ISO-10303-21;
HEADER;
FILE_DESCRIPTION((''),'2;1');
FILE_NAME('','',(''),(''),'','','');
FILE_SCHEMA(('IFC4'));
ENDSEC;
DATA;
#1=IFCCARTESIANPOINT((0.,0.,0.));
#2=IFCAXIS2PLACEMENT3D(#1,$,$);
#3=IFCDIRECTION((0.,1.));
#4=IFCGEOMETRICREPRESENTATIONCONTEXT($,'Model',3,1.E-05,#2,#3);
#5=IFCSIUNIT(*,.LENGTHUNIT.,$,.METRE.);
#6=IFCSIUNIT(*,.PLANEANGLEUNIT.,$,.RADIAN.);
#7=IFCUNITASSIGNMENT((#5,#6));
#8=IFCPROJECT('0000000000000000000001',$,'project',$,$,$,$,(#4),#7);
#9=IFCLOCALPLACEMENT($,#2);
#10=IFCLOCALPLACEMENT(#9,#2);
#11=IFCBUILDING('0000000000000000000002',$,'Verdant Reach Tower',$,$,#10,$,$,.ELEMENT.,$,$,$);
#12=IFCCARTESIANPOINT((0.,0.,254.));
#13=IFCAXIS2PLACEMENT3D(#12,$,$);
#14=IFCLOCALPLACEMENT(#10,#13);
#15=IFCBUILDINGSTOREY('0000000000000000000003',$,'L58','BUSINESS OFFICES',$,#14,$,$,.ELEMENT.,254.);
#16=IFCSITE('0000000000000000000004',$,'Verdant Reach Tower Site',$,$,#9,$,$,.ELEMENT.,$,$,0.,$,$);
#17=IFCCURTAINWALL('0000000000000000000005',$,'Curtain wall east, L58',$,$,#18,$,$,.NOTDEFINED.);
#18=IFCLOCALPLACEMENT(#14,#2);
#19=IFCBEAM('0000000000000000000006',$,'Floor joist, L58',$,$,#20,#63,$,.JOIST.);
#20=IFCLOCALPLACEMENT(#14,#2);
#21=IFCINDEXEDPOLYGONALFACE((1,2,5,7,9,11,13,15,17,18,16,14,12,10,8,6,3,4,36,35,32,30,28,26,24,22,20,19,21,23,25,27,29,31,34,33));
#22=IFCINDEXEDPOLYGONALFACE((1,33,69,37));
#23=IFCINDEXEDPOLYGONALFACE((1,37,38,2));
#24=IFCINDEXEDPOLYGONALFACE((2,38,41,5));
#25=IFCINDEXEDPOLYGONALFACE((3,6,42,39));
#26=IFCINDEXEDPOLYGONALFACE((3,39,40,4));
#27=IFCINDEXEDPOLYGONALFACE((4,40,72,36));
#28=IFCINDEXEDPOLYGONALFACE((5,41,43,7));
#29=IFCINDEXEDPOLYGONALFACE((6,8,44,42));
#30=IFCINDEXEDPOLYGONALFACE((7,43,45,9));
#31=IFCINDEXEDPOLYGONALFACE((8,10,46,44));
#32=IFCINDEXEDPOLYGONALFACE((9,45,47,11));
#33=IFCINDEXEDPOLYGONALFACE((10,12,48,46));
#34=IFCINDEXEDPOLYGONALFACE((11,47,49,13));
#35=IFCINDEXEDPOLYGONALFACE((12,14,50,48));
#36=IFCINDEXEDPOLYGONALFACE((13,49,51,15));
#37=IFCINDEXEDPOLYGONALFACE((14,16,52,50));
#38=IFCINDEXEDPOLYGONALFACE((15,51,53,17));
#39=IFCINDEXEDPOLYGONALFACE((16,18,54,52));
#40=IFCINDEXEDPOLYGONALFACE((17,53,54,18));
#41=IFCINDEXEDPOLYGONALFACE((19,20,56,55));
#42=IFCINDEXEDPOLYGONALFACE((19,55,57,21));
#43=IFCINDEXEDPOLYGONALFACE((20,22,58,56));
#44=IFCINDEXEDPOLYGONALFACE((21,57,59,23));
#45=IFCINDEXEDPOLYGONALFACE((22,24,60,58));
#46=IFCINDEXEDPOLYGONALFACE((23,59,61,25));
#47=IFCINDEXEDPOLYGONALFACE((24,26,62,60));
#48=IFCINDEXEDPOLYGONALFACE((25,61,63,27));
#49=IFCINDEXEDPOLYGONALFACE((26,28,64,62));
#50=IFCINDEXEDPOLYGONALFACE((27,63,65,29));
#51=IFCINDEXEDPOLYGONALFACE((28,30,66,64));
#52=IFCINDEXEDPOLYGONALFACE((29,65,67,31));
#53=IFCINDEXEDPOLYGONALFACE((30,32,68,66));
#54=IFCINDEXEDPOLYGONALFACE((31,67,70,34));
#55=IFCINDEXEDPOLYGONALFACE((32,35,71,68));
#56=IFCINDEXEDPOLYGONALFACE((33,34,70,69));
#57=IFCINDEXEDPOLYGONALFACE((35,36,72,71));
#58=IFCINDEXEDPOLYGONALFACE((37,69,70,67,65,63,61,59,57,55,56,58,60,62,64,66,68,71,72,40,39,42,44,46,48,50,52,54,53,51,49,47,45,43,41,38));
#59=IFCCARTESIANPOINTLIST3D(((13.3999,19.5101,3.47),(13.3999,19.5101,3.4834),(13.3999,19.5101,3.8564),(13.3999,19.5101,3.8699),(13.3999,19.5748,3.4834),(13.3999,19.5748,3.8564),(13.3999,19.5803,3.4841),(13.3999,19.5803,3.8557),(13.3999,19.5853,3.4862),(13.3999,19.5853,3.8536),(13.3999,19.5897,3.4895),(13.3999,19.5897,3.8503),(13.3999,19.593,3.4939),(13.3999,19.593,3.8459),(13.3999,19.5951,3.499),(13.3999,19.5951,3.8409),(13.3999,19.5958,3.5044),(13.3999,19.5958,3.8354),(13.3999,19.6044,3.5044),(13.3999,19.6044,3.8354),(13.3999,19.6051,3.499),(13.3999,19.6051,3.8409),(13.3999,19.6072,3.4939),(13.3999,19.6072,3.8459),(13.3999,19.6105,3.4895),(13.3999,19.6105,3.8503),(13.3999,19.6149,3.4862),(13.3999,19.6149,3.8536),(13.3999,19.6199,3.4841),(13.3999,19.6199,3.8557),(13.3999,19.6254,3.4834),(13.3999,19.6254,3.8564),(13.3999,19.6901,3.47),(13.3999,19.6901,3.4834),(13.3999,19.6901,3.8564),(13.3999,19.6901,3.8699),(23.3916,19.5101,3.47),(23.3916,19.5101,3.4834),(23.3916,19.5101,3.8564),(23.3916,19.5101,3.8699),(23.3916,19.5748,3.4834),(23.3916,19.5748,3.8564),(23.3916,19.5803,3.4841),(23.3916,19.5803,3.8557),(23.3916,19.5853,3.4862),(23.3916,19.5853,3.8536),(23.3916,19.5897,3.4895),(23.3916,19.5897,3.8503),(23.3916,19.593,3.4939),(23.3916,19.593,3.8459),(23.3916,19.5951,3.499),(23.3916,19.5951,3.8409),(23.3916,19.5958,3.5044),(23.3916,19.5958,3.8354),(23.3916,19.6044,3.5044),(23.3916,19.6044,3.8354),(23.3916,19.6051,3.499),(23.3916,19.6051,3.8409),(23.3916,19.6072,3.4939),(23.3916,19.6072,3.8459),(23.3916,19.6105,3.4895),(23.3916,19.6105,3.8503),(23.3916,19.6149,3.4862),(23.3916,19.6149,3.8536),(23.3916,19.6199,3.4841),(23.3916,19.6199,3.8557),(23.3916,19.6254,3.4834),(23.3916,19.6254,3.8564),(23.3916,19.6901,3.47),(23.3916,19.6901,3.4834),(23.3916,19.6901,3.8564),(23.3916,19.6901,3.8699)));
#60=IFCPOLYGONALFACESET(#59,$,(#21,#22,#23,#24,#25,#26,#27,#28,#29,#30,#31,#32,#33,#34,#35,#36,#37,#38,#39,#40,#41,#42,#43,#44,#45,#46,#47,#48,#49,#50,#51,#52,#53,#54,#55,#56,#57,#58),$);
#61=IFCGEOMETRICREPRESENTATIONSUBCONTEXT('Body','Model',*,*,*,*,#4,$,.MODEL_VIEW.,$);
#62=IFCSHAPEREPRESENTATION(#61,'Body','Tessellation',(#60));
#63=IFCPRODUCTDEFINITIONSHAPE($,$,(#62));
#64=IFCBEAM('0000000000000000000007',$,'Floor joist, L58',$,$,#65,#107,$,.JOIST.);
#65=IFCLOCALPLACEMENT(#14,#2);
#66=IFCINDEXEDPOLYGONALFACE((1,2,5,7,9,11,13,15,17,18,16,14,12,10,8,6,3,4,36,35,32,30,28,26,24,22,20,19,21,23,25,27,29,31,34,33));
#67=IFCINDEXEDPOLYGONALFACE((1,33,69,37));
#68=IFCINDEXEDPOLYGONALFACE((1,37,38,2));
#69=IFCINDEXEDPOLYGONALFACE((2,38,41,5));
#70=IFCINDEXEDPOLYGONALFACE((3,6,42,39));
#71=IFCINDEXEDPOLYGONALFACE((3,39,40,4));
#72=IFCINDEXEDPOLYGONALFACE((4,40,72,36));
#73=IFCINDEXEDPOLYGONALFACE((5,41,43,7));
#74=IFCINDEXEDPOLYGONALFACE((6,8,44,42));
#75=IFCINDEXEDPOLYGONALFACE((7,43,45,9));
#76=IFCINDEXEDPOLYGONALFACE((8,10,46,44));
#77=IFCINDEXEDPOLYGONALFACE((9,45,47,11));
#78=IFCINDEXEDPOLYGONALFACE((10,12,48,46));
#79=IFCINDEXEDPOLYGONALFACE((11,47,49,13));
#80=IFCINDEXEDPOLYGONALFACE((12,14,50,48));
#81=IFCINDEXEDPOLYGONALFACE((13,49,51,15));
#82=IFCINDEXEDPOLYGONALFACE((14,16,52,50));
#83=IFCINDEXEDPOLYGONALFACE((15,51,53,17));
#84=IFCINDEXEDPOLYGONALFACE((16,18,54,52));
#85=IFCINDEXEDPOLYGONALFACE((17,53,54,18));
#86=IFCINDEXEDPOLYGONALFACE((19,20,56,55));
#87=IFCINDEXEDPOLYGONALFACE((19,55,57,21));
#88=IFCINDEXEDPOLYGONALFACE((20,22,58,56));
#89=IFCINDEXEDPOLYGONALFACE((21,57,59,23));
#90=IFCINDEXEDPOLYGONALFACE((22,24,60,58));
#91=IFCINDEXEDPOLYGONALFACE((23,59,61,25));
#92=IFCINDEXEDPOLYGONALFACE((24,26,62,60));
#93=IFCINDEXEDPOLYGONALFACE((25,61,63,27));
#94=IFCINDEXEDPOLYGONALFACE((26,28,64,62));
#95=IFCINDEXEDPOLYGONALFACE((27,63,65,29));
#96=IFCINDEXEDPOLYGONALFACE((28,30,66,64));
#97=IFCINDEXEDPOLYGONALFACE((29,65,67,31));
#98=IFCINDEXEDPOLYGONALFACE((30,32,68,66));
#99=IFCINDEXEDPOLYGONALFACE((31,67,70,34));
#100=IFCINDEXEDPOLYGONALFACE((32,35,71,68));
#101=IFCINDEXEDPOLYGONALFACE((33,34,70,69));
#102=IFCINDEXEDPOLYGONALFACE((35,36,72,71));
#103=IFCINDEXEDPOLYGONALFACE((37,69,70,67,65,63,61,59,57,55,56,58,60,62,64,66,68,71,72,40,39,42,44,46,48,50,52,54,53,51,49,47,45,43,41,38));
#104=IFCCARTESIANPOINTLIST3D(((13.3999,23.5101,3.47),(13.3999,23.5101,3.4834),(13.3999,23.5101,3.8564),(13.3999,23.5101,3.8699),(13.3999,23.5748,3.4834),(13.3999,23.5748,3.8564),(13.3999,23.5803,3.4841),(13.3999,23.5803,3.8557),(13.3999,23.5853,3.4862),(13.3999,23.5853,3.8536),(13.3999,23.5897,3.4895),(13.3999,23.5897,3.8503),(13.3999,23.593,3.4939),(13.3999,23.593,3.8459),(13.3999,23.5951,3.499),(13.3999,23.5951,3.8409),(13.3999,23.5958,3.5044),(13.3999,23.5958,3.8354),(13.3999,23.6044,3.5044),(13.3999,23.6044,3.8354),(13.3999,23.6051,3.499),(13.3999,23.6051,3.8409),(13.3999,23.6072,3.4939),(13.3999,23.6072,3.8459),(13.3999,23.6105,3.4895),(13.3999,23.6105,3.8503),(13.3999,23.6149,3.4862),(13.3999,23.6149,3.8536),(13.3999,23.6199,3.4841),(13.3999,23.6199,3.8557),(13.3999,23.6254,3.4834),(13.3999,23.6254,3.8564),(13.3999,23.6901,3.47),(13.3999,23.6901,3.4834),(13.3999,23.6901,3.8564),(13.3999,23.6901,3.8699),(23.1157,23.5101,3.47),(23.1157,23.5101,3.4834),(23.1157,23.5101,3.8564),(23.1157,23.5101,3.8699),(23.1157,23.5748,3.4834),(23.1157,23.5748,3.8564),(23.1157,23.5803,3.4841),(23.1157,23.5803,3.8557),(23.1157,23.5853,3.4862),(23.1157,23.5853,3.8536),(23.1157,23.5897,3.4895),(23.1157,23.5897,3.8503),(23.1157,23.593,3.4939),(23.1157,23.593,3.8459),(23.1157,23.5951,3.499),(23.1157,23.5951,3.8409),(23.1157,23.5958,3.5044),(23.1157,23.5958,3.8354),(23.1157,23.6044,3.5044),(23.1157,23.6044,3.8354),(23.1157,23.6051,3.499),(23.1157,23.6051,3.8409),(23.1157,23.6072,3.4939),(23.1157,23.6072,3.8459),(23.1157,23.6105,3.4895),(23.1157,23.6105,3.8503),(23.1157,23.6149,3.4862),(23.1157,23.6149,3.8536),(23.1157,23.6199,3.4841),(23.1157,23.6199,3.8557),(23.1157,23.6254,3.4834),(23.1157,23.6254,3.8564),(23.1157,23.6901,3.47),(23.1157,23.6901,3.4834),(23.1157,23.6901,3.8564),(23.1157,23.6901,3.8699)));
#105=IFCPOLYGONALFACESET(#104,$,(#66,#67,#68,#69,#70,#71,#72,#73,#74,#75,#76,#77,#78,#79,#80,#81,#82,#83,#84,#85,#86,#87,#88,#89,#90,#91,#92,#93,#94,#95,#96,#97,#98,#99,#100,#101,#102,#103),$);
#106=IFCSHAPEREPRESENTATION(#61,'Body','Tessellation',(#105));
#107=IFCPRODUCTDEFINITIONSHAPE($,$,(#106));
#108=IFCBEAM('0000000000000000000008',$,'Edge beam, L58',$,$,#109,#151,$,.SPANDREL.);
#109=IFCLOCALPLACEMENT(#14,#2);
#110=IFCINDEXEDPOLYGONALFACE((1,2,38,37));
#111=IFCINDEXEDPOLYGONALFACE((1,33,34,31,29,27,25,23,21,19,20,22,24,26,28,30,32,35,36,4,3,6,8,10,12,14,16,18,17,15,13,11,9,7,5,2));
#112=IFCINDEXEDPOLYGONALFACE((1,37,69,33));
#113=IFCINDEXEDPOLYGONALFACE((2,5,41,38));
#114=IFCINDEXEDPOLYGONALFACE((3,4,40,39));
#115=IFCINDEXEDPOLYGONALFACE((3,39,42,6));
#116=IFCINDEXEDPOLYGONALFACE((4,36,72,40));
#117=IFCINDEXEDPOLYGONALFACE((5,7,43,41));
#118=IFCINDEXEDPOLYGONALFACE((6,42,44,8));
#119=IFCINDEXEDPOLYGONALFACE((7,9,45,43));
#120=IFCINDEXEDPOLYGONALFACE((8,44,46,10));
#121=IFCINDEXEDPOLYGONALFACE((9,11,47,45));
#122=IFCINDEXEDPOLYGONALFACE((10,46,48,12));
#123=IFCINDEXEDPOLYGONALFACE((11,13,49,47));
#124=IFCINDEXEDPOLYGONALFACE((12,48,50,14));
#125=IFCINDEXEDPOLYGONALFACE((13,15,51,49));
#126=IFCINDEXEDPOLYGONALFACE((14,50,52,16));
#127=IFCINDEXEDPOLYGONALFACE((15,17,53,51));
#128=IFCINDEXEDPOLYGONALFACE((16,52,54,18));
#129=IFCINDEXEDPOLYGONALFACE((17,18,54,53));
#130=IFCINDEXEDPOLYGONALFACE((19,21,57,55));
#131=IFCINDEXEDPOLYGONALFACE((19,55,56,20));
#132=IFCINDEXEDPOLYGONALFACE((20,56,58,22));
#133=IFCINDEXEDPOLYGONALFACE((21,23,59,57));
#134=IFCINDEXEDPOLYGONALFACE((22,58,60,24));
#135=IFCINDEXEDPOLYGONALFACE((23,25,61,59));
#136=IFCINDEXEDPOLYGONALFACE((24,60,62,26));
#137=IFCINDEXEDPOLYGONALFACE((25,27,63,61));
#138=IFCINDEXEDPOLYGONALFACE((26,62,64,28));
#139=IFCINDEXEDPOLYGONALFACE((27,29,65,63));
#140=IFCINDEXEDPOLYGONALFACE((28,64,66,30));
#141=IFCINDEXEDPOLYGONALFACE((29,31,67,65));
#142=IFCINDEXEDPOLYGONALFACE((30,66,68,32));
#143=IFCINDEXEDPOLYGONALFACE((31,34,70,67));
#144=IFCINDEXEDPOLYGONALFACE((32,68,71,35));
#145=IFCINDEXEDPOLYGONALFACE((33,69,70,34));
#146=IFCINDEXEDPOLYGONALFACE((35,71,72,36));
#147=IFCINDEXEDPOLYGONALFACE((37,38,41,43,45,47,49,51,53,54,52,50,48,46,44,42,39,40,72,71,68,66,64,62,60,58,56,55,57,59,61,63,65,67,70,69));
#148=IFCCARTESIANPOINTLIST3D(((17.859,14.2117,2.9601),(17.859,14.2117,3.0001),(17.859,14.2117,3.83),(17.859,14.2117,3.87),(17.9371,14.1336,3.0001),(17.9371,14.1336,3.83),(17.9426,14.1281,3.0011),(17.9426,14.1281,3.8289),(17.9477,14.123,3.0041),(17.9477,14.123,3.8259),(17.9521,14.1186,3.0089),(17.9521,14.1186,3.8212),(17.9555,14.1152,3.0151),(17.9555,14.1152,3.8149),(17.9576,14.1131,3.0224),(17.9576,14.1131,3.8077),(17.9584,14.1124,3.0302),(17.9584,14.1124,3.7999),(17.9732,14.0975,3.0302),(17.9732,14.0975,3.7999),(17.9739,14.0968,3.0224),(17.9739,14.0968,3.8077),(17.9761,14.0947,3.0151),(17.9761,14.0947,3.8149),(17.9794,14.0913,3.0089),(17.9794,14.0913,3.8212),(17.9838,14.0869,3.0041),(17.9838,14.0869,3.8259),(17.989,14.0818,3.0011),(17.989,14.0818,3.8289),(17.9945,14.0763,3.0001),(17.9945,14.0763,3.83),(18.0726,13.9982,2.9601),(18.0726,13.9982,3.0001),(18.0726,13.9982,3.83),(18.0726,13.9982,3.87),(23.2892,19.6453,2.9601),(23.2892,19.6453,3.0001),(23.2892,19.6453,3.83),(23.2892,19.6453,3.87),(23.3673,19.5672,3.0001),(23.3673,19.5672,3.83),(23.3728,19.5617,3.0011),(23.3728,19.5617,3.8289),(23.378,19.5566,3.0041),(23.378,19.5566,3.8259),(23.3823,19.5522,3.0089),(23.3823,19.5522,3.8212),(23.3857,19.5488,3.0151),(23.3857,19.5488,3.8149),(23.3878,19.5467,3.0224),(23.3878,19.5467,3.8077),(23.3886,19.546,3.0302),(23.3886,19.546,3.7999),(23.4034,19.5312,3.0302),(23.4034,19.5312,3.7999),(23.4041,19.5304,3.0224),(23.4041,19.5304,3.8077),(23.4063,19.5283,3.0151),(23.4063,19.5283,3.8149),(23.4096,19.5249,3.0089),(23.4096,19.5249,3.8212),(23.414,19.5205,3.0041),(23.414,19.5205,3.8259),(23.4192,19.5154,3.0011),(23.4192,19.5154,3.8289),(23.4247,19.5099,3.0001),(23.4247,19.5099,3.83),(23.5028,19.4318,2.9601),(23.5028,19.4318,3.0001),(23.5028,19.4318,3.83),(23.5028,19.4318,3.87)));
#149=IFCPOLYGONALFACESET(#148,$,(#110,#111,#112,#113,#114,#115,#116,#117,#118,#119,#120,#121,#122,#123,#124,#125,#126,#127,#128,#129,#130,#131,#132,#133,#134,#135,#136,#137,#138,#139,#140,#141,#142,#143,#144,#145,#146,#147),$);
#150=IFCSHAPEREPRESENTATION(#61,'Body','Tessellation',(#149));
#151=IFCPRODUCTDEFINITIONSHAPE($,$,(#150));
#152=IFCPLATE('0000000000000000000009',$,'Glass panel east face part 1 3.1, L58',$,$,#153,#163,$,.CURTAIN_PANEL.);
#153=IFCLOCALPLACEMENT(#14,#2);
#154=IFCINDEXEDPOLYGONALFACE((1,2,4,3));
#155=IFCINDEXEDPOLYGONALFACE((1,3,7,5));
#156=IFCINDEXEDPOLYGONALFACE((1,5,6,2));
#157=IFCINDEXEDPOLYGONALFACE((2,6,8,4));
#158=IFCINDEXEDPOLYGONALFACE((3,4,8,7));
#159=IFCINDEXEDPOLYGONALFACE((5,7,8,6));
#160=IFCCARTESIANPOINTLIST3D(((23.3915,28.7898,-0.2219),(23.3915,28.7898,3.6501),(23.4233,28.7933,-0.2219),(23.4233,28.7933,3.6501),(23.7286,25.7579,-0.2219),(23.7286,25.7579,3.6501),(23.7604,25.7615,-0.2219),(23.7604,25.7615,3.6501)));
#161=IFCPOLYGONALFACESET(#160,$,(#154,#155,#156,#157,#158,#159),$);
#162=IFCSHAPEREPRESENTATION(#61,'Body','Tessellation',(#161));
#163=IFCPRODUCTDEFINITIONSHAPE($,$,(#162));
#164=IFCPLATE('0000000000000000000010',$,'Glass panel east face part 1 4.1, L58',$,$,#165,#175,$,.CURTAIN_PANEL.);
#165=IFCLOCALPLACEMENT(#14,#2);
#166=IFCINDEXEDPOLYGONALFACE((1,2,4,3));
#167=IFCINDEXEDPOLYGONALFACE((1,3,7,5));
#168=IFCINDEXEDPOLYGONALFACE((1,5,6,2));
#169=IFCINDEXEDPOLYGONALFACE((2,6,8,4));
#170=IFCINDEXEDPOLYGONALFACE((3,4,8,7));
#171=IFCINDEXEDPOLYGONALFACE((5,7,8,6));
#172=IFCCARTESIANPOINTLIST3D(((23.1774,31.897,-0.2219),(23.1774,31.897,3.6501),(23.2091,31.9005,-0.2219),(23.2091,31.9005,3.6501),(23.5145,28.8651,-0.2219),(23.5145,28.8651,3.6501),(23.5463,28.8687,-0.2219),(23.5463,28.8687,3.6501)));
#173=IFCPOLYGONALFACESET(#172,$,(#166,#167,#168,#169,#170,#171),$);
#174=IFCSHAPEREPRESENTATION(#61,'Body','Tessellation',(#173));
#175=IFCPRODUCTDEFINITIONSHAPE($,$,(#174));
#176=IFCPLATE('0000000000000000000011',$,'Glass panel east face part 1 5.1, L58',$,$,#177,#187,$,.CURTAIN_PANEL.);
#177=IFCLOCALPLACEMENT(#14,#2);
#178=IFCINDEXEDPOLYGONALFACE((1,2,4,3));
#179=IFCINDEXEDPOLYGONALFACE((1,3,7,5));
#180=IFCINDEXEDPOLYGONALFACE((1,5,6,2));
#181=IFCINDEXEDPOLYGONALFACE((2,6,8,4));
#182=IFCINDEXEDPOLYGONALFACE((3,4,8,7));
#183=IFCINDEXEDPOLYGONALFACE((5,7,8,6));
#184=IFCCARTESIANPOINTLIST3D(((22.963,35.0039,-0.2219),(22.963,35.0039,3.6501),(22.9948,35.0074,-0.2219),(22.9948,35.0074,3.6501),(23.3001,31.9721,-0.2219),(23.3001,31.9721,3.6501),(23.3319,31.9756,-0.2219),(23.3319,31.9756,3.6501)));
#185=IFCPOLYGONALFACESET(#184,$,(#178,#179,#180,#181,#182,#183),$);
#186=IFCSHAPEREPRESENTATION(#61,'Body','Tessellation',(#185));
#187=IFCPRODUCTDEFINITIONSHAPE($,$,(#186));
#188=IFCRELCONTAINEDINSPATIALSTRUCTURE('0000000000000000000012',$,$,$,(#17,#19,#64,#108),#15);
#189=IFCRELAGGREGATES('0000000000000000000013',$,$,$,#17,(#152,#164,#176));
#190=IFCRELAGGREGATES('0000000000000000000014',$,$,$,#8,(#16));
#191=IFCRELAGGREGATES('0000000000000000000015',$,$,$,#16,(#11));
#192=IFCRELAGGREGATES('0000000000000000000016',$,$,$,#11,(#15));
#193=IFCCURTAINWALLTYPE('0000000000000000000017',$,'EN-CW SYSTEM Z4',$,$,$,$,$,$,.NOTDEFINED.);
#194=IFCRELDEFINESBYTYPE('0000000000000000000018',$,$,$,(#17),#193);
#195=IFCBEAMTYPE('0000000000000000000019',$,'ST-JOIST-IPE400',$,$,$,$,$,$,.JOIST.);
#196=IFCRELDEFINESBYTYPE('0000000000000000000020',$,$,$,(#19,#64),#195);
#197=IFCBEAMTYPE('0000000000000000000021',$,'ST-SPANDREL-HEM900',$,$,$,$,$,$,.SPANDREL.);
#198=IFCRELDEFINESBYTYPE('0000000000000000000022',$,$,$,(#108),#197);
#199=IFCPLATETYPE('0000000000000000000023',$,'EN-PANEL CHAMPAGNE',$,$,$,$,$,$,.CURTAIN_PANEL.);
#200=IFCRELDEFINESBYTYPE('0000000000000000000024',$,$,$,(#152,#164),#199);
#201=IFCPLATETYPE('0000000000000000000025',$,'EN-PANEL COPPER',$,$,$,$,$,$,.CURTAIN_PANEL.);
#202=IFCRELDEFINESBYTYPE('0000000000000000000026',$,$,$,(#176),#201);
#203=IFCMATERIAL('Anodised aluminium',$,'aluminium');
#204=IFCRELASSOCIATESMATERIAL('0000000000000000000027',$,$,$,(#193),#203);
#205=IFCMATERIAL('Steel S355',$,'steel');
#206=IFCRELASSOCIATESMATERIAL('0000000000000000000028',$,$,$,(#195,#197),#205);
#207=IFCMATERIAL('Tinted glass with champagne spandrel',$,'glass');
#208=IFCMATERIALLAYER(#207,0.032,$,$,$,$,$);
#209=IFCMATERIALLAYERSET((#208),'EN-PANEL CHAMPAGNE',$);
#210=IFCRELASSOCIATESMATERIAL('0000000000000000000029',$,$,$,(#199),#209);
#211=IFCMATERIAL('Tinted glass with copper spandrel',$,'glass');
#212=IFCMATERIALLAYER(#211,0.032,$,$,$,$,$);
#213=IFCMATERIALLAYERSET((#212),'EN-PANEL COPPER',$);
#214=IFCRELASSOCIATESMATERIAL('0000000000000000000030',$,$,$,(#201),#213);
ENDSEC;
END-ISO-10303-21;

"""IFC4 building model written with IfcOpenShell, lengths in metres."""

from ifc_helpers import new_model, si_unit, direction, frame, origin, origin_2d, place, context, subcontext, project, spatial, rectangle, i_section, extrude, material, layer, layer_set, material_profile, profile_set, type_object, element, aggregate, save


model = new_model("IFC4")

# Units and contexts
model_context = context("Model", 3, precision=1e-05, world=origin(), true_north=direction((0.0, 1.0)))
body_context = subcontext(model_context, "Body", "Model", "MODEL_VIEW")
ifc_project = project(units=[si_unit("LENGTHUNIT", "METRE"), si_unit("PLANEANGLEUNIT", "RADIAN")], contexts=[model_context])

# Site, building, storey
site_placement = place(None, origin())
site = spatial("IfcSite", under=ifc_project, at=site_placement, Name="Verdant Reach Tower Site", CompositionType="ELEMENT", RefElevation=0.0)
building_placement = place(site_placement, origin())
building = spatial("IfcBuilding", under=site, at=building_placement, Name="Verdant Reach Tower", CompositionType="ELEMENT")
storey_placement = place(building_placement, frame((0.0, 0.0, 254.0)))
storey = spatial("IfcBuildingStorey", under=building, at=storey_placement, Name="L58", Description="BUSINESS OFFICES", CompositionType="ELEMENT", Elevation=254.0)

# Curtain wall
ifc_material_1 = material(Name="Anodised aluminium", Category="aluminium")
curtain_wall_type = type_object("IfcCurtainWallType", Name="EN-CW SYSTEM Z4", PredefinedType="NOTDEFINED", material=ifc_material_1)
curtain_wall_placement = place(storey_placement, origin())
curtain_wall = element("IfcCurtainWall", 1, at=curtain_wall_placement, inside=storey, type_object=curtain_wall_type, Name="Curtain wall east, L58", PredefinedType="NOTDEFINED")

# Beams
ifc_material_2 = material(Name="Steel S355", Category="steel")
ifc_material_profile_1 = material_profile(ifc_material_2, i_section(OverallWidth=0.1799, OverallDepth=0.3999, WebThickness=0.0085, FlangeThickness=0.0134, FilletRadius=0.021, at=origin_2d()), Name="IPE 400")
ifc_profile_set_1 = profile_set([ifc_material_profile_1], Name="Steel S355")
beam_type_1 = type_object("IfcBeamType", Name="ST-JOIST-IPE400", PredefinedType="JOIST", material=ifc_profile_set_1)
beam_1_placement = place(storey_placement, frame((13.3999, 19.6001, 3.6699), z_axis=(1.0, 0.0, 0.0), x_axis=(0.0, 1.0, 0.0)))
element("IfcBeam", 2, at=beam_1_placement, inside=storey, type_object=beam_type_1, Name="Floor joist, L58", PredefinedType="JOIST", context=body_context, shape_type="SweptSolid", body=[
    extrude(i_section(OverallWidth=0.1799, OverallDepth=0.3999, WebThickness=0.0085, FlangeThickness=0.0134, FilletRadius=0.021, at=origin_2d()), origin(), (0.0, 0.0, 1.0), 9.9917),
])
beam_2_placement = place(storey_placement, frame((13.3999, 23.6001, 3.6699), z_axis=(1.0, 0.0, 0.0), x_axis=(0.0, 1.0, 0.0)))
element("IfcBeam", 3, at=beam_2_placement, inside=storey, type_object=beam_type_1, Name="Floor joist, L58", PredefinedType="JOIST", context=body_context, shape_type="SweptSolid", body=[
    extrude(i_section(OverallWidth=0.1799, OverallDepth=0.3999, WebThickness=0.0085, FlangeThickness=0.0134, FilletRadius=0.021, at=origin_2d()), origin(), (0.0, 0.0, 1.0), 9.7158),
])
ifc_material_profile_2 = material_profile(ifc_material_2, i_section(OverallWidth=0.302, OverallDepth=0.9099, WebThickness=0.021, FlangeThickness=0.04, FilletRadius=0.03, at=origin_2d()), Name="HEM 900")
ifc_profile_set_2 = profile_set([ifc_material_profile_2], Name="Steel S355")
beam_type_2 = type_object("IfcBeamType", Name="ST-SPANDREL-HEM900", PredefinedType="SPANDREL", material=ifc_profile_set_2)
beam_3_placement = place(storey_placement, frame((23.396, 19.5386, 3.415), z_axis=(-0.706884, -0.707329, 0.0), x_axis=(0.707329, -0.706884, 0.0)))
element("IfcBeam", 4, at=beam_3_placement, inside=storey, type_object=beam_type_2, Name="Edge beam, L58", PredefinedType="SPANDREL", context=body_context, shape_type="SweptSolid", body=[
    extrude(i_section(OverallWidth=0.302, OverallDepth=0.9099, WebThickness=0.021, FlangeThickness=0.04, FilletRadius=0.03, at=origin_2d()), origin(), (0.0, 0.0, 1.0), 7.6819),
])

# Plates
ifc_material_3 = material(Name="Tinted glass with champagne spandrel", Category="glass")
ifc_layer_1 = layer(ifc_material_3, 0.032)
ifc_layer_set_1 = layer_set([ifc_layer_1], Name="EN-PANEL CHAMPAGNE")
plate_type_1 = type_object("IfcPlateType", Name="EN-PANEL CHAMPAGNE", PredefinedType="CURTAIN_PANEL", material=ifc_layer_set_1)
plate_1_placement = place(storey_placement, frame((23.5759, 27.2756, -0.2219), z_axis=(0.0, 0.0, 1.0), x_axis=(-0.110518, 0.993874, 0.0)))
plate_1 = element("IfcPlate", 5, at=plate_1_placement, type_object=plate_type_1, Name="Glass panel east face part 1 3.1, L58", PredefinedType="CURTAIN_PANEL", context=body_context, shape_type="SweptSolid", body=[
    extrude(rectangle(XDim=3.0505, YDim=0.032, at=origin_2d()), origin(), (0.0, 0.0, 1.0), 3.8721),
])
plate_2_placement = place(storey_placement, frame((23.3618, 30.3828, -0.2219), z_axis=(0.0, 0.0, 1.0), x_axis=(-0.110518, 0.993874, 0.0)))
plate_2 = element("IfcPlate", 6, at=plate_2_placement, type_object=plate_type_1, Name="Glass panel east face part 1 4.1, L58", PredefinedType="CURTAIN_PANEL", context=body_context, shape_type="SweptSolid", body=[
    extrude(rectangle(XDim=3.0505, YDim=0.032, at=origin_2d()), origin(), (0.0, 0.0, 1.0), 3.8721),
])
ifc_material_4 = material(Name="Tinted glass with copper spandrel", Category="glass")
ifc_layer_2 = layer(ifc_material_4, 0.032)
ifc_layer_set_2 = layer_set([ifc_layer_2], Name="EN-PANEL COPPER")
plate_type_2 = type_object("IfcPlateType", Name="EN-PANEL COPPER", PredefinedType="CURTAIN_PANEL", material=ifc_layer_set_2)
plate_3_placement = place(storey_placement, frame((23.1475, 33.4897, -0.2219), z_axis=(0.0, 0.0, 1.0), x_axis=(-0.110518, 0.993874, 0.0)))
plate_3 = element("IfcPlate", 7, at=plate_3_placement, type_object=plate_type_2, Name="Glass panel east face part 1 5.1, L58", PredefinedType="CURTAIN_PANEL", context=body_context, shape_type="SweptSolid", body=[
    extrude(rectangle(XDim=3.0505, YDim=0.032, at=origin_2d()), origin(), (0.0, 0.0, 1.0), 3.8721),
])
aggregate(curtain_wall, [plate_1, plate_2, plate_3])

save(model, "model.ifc")
